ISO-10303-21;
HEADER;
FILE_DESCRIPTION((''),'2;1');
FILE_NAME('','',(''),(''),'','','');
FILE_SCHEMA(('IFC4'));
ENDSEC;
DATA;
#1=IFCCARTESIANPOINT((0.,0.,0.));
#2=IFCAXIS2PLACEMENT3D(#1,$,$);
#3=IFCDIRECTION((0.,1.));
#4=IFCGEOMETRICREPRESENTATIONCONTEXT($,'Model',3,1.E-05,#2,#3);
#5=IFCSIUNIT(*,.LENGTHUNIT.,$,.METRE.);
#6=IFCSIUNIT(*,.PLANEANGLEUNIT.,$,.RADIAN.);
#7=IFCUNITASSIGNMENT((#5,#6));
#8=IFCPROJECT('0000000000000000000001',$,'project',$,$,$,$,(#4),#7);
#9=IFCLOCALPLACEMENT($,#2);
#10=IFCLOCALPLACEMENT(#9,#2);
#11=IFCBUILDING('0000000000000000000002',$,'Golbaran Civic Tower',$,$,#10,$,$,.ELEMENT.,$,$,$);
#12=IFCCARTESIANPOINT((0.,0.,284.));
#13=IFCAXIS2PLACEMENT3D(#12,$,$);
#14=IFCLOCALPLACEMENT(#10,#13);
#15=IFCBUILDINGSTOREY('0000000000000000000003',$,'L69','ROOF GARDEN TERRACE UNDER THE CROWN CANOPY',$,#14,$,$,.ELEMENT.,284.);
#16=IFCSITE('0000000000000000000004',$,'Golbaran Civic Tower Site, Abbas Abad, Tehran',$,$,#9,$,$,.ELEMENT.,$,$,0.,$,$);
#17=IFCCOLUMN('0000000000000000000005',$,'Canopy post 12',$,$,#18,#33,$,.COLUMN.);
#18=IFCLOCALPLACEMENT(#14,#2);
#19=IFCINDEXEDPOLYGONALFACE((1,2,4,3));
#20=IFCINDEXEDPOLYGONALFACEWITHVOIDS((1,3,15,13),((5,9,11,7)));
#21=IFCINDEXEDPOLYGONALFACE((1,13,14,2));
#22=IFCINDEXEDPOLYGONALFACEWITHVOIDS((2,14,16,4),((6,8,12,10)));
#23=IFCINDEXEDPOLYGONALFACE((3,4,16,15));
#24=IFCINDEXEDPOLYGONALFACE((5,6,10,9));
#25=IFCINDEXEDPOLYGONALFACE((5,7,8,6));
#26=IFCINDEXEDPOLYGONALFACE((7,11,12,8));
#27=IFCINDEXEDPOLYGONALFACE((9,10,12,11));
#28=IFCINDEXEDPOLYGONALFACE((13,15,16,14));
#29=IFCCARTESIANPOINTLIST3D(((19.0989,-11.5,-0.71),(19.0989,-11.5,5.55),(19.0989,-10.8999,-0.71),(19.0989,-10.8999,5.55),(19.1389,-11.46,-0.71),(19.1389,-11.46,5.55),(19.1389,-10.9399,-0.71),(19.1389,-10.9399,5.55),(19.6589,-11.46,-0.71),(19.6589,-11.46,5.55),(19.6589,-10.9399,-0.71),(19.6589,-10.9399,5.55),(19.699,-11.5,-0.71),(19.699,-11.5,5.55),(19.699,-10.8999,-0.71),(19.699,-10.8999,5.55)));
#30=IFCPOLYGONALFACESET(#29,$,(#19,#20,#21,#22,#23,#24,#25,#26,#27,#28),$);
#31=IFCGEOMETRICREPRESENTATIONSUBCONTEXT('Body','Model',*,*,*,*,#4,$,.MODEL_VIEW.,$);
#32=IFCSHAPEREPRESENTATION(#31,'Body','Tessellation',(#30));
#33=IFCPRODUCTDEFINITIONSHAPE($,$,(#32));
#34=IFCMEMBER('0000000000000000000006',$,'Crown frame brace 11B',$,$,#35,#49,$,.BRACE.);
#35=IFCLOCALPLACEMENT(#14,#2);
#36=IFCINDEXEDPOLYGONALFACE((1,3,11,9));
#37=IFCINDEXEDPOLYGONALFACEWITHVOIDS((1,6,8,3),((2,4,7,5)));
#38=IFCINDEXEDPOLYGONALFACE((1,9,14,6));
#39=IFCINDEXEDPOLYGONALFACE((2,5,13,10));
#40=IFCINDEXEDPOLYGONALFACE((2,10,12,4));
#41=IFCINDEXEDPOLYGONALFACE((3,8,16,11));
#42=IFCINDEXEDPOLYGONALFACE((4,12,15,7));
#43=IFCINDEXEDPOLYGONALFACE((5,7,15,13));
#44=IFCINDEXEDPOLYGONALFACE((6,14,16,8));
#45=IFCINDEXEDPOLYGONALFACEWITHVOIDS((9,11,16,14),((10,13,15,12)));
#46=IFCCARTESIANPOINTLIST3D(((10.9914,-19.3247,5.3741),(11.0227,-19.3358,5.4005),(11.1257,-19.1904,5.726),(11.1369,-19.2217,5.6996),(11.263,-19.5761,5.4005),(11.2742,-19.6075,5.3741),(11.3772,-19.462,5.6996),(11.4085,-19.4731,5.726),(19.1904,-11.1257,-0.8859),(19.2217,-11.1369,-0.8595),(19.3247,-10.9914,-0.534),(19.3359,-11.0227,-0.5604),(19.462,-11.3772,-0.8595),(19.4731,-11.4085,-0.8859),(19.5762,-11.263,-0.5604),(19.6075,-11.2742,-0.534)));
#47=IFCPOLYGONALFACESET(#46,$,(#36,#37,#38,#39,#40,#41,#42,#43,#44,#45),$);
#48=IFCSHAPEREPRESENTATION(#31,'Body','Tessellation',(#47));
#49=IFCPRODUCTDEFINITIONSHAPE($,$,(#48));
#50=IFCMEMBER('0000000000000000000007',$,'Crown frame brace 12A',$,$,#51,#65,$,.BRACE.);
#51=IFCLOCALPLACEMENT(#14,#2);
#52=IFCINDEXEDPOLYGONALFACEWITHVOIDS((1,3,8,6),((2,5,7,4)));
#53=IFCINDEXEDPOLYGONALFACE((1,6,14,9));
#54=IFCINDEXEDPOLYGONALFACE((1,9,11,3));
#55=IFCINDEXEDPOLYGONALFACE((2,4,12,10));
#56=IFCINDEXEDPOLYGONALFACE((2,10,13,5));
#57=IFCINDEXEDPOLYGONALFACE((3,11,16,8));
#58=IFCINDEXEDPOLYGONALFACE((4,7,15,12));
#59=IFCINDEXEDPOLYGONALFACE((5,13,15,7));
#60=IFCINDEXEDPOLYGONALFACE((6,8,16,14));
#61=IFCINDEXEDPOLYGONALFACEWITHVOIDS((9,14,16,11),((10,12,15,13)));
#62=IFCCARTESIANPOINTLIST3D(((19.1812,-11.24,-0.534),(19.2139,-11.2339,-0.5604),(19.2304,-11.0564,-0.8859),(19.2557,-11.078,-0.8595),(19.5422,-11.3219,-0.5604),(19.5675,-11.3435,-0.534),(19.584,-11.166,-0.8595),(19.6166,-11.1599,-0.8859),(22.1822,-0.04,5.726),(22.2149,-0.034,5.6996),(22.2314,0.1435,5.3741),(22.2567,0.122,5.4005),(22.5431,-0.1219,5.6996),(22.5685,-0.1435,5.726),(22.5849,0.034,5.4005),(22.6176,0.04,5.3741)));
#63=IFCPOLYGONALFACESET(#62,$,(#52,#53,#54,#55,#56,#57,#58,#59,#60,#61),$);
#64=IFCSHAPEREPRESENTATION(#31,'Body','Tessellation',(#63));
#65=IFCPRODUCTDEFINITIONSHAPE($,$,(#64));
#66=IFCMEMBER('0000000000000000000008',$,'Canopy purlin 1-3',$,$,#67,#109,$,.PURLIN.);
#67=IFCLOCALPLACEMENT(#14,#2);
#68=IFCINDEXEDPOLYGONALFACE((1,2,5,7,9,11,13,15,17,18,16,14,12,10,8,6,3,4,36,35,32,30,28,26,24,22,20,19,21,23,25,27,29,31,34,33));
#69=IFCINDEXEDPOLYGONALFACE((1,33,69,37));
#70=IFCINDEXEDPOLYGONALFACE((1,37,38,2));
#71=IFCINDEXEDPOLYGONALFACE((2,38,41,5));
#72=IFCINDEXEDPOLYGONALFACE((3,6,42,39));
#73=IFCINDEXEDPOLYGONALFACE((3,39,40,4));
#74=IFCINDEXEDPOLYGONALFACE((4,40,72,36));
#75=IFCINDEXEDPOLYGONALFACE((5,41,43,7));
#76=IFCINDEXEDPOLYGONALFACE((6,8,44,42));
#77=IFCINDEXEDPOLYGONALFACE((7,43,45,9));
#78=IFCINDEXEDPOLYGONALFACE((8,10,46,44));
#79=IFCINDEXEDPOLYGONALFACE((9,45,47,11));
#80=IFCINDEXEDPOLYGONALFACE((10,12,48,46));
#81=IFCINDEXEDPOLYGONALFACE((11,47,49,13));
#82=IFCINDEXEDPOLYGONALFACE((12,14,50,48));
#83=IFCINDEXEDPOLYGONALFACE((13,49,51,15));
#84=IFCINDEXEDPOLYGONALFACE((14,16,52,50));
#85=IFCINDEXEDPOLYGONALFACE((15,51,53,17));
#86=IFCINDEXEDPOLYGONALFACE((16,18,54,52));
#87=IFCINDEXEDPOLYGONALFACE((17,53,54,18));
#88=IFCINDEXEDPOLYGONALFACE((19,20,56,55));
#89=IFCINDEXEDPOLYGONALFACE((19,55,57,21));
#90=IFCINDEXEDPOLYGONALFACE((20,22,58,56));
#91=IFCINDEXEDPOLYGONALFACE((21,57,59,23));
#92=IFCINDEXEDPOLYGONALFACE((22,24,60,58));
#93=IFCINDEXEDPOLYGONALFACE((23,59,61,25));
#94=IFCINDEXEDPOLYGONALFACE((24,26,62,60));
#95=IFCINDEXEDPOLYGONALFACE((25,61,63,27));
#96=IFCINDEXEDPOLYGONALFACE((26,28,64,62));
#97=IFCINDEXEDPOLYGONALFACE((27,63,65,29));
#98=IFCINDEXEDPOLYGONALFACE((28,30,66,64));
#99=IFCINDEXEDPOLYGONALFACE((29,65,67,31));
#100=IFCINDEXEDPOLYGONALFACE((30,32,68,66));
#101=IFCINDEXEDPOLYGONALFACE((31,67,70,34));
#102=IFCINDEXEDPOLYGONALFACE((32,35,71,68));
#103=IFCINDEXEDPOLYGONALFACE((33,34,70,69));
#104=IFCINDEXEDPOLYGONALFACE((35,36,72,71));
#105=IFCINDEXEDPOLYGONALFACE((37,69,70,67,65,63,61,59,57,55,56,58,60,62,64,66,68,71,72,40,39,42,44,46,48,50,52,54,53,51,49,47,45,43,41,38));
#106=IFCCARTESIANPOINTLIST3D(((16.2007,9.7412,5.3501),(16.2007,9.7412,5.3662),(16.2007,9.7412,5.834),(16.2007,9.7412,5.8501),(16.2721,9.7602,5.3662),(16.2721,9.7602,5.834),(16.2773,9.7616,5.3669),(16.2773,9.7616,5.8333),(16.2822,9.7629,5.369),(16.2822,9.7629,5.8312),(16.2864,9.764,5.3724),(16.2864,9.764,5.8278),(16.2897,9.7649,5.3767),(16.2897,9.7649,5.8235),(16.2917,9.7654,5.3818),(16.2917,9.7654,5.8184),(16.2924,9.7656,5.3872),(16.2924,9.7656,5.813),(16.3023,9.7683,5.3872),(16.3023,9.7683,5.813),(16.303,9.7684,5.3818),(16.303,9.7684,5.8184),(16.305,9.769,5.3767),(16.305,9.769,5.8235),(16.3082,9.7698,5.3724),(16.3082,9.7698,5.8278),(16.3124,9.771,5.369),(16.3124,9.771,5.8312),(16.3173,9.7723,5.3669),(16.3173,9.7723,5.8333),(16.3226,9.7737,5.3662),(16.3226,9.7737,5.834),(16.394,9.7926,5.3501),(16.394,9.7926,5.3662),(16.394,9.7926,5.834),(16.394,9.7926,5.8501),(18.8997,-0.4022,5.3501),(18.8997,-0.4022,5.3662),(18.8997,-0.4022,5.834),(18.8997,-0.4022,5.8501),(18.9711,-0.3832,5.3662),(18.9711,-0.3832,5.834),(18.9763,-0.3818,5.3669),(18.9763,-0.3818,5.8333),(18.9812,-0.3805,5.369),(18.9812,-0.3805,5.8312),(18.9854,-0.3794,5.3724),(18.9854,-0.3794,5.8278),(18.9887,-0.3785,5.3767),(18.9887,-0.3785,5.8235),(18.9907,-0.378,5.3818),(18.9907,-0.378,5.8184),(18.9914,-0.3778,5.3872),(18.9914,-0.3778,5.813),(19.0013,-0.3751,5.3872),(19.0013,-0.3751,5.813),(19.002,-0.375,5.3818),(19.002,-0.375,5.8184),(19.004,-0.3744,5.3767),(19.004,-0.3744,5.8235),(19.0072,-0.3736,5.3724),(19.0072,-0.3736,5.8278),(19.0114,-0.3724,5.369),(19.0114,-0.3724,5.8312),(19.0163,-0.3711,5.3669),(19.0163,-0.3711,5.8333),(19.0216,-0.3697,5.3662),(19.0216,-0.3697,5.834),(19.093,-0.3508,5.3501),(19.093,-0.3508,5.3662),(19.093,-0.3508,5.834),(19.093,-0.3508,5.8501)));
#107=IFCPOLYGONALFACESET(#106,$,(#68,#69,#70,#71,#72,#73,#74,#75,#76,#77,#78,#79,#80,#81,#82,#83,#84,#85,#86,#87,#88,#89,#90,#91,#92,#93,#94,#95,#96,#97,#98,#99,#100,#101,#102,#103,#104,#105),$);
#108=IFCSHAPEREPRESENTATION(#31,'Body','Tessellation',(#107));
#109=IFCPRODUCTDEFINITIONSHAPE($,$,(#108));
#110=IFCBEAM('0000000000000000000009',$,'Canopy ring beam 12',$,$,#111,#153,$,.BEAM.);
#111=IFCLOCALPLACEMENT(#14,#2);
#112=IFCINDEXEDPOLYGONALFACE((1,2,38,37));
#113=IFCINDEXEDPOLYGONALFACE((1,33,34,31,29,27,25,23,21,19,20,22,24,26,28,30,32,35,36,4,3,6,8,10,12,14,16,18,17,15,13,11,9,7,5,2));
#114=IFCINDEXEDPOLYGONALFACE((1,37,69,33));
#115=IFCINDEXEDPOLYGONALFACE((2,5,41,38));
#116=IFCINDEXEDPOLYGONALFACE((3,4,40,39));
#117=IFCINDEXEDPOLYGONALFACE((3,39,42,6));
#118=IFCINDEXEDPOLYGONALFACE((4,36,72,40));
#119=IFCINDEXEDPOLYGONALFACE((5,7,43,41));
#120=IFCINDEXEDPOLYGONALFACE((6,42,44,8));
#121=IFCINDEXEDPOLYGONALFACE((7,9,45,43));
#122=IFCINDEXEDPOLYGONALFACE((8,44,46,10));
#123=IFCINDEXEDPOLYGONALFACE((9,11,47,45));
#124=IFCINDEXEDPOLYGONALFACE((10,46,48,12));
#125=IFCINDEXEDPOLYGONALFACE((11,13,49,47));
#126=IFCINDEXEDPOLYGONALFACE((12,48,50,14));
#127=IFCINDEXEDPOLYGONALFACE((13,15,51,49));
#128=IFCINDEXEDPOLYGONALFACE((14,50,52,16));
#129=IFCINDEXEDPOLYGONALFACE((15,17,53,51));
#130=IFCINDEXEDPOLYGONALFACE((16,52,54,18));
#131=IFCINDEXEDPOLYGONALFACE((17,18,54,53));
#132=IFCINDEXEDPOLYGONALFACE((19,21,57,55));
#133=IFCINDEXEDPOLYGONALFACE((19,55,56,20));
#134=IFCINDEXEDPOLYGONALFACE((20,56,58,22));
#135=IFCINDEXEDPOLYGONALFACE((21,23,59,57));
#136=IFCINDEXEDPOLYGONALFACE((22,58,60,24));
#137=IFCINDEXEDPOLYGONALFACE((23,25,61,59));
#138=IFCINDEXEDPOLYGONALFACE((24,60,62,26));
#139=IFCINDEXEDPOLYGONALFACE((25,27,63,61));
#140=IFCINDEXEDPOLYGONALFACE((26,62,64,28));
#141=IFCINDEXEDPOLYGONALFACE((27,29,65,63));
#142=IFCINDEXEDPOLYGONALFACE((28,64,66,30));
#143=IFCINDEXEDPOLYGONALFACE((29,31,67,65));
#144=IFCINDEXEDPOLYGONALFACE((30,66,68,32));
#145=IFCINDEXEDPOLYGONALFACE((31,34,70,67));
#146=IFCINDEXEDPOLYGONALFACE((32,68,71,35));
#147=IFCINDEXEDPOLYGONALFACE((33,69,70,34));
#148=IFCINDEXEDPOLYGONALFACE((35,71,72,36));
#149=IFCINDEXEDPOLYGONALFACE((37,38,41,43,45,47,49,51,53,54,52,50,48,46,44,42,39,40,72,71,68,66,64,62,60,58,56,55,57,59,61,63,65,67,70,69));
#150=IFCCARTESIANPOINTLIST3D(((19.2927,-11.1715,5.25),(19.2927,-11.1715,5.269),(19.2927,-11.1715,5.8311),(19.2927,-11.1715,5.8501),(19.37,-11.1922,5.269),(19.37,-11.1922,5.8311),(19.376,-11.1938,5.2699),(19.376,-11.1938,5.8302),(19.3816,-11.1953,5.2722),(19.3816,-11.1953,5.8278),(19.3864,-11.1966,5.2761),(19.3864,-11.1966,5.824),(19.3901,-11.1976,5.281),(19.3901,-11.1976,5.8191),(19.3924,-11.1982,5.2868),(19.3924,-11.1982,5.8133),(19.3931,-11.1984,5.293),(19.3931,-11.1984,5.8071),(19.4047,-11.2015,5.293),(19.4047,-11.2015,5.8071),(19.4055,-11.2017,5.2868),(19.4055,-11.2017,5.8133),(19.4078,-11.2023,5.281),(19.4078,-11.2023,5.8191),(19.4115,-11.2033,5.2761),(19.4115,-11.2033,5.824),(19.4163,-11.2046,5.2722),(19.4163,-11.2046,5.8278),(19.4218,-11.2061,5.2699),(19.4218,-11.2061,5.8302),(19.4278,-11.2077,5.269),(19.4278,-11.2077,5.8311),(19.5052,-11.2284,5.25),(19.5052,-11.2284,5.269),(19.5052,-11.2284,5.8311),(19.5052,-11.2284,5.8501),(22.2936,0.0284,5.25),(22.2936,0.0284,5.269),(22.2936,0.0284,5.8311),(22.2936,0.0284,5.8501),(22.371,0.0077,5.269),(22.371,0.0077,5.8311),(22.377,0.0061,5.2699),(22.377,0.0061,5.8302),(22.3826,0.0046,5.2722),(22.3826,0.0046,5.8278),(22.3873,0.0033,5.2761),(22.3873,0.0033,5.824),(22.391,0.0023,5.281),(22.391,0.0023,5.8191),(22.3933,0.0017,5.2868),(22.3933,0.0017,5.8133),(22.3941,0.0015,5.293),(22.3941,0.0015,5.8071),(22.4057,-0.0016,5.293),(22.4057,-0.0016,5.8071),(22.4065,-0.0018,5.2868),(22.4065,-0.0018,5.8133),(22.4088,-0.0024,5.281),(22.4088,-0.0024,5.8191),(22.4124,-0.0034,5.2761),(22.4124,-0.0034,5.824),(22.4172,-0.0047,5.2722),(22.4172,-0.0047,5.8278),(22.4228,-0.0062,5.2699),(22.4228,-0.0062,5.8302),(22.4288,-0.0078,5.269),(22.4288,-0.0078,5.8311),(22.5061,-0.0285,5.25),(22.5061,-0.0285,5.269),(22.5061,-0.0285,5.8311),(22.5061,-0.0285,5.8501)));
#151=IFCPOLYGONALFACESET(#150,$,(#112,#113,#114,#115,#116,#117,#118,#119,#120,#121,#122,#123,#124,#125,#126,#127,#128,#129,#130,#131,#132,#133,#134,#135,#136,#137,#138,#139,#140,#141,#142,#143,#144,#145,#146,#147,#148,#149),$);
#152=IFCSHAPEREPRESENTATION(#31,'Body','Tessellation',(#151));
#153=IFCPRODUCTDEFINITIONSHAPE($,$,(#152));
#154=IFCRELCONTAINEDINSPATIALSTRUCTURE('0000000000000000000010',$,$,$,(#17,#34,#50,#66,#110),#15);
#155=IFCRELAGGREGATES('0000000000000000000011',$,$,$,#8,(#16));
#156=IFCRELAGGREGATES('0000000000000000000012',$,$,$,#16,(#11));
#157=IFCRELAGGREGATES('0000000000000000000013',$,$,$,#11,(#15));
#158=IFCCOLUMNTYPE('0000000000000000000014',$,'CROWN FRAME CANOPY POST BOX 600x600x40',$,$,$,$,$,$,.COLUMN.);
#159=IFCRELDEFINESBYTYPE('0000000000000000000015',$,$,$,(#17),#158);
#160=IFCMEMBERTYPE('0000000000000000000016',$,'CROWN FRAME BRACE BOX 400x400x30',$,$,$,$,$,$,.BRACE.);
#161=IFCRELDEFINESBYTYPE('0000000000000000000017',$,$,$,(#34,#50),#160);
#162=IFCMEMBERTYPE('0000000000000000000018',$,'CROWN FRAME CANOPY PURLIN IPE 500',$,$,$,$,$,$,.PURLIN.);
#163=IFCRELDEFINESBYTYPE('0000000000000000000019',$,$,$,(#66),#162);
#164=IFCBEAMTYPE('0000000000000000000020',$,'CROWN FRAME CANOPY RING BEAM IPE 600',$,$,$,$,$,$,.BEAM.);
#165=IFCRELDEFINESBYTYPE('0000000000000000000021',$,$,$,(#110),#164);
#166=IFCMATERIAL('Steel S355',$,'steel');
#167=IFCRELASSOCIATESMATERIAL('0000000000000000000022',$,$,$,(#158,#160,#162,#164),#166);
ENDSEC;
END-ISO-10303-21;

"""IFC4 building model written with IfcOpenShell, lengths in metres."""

from ifc_helpers import new_model, si_unit, direction, frame, origin, origin_2d, place, context, subcontext, project, spatial, hollow_rectangle, i_section, extrude, material, material_profile, profile_set, type_object, element, save


model = new_model("IFC4")

# Units and contexts
model_context = context("Model", 3, precision=1e-05, world=origin(), true_north=direction((0.0, 1.0)))
body_context = subcontext(model_context, "Body", "Model", "MODEL_VIEW")
ifc_project = project(units=[si_unit("LENGTHUNIT", "METRE"), si_unit("PLANEANGLEUNIT", "RADIAN")], contexts=[model_context])

# Site, building, storey
site_placement = place(None, origin())
site = spatial("IfcSite", under=ifc_project, at=site_placement, Name="Golbaran Civic Tower Site, Abbas Abad, Tehran", CompositionType="ELEMENT", RefElevation=0.0)
building_placement = place(site_placement, origin())
building = spatial("IfcBuilding", under=site, at=building_placement, Name="Golbaran Civic Tower", CompositionType="ELEMENT")
storey_placement = place(building_placement, frame((0.0, 0.0, 284.0)))
storey = spatial("IfcBuildingStorey", under=building, at=storey_placement, Name="L69", Description="ROOF GARDEN TERRACE UNDER THE CROWN CANOPY", CompositionType="ELEMENT", Elevation=284.0)

# Column
ifc_material_1 = material(Name="Steel S355", Category="steel")
ifc_material_profile_1 = material_profile(ifc_material_1, hollow_rectangle(XDim=0.6001, YDim=0.6001, WallThickness=0.04, at=origin_2d()), Name="BOX 600x600x40")
ifc_profile_set_1 = profile_set([ifc_material_profile_1], Name="Steel S355")
column_type = type_object("IfcColumnType", Name="CROWN FRAME CANOPY POST BOX 600x600x40", PredefinedType="COLUMN", material=ifc_profile_set_1)
column_placement = place(storey_placement, frame((19.3989, -11.2, -0.71), z_axis=(0.0, 0.0, 1.0), x_axis=(1.0, 0.0, 0.0)))
element("IfcColumn", 1, at=column_placement, inside=storey, type_object=column_type, Name="Canopy post 12", PredefinedType="COLUMN", context=body_context, shape_type="SweptSolid", body=[
    extrude(hollow_rectangle(XDim=0.6001, YDim=0.6001, WallThickness=0.04, at=origin_2d()), origin(), (0.0, 0.0, 1.0), 6.26),
])

# Members
ifc_material_profile_2 = material_profile(ifc_material_1, hollow_rectangle(XDim=0.3999, YDim=0.3999, WallThickness=0.03, at=origin_2d()), Name="BOX 400x400x30")
ifc_profile_set_2 = profile_set([ifc_material_profile_2], Name="Steel S355")
member_type_1 = type_object("IfcMemberType", Name="CROWN FRAME BRACE BOX 400x400x30", PredefinedType="BRACE", material=ifc_profile_set_2)
for number, where, z_axis, x_axis, name in (
    (2, (19.3989, -11.2, -0.71), (-0.622217, -0.622217, 0.47507), (0.707107, -0.707107, 0.0), "Crown frame brace 11B"),
    (3, (19.3989, -11.2, -0.71), (0.227744, 0.849964, 0.475072), (-0.965927, 0.258816, 0.0), "Crown frame brace 12A"),
):
    element("IfcMember", number, at=place(storey_placement, frame(where, z_axis=z_axis, x_axis=x_axis)), inside=storey, type_object=member_type_1, Name=name, PredefinedType="BRACE", context=body_context, shape_type="SweptSolid", body=[
        extrude(hollow_rectangle(XDim=0.3999, YDim=0.3999, WallThickness=0.03, at=origin_2d()), origin(), (0.0, 0.0, 1.0), 13.177),
    ])
ifc_material_profile_3 = material_profile(ifc_material_1, i_section(OverallWidth=0.2, OverallDepth=0.5, WebThickness=0.0103, FlangeThickness=0.0161, FilletRadius=0.021, at=origin_2d()), Name="IPE 500")
ifc_profile_set_3 = profile_set([ifc_material_profile_3], Name="Steel S355")
member_type_2 = type_object("IfcMemberType", Name="CROWN FRAME CANOPY PURLIN IPE 500", PredefinedType="PURLIN", material=ifc_profile_set_3)
member_1_placement = place(storey_placement, frame((18.9963, -0.3765, 5.6001), z_axis=(-0.257137, 0.966375, 0.0), x_axis=(-0.966375, -0.257137, 0.0)))
element("IfcMember", 4, at=member_1_placement, inside=storey, type_object=member_type_2, Name="Canopy purlin 1-3", PredefinedType="PURLIN", context=body_context, shape_type="SweptSolid", body=[
    extrude(i_section(OverallWidth=0.2, OverallDepth=0.5, WebThickness=0.0103, FlangeThickness=0.0161, FilletRadius=0.021, at=origin_2d()), origin(), (0.0, 0.0, 1.0), 10.4963),
])

# Beam
ifc_material_profile_4 = material_profile(ifc_material_1, i_section(OverallWidth=0.22, OverallDepth=0.6001, WebThickness=0.012, FlangeThickness=0.019, FilletRadius=0.0239, at=origin_2d()), Name="IPE 600")
ifc_profile_set_4 = profile_set([ifc_material_profile_4], Name="Steel S355")
beam_type_1 = type_object("IfcBeamType", Name="CROWN FRAME CANOPY RING BEAM IPE 600", PredefinedType="BEAM", material=ifc_profile_set_4)
beam_1_placement = place(storey_placement, frame((19.3989, -11.2, 5.55), z_axis=(0.258816, 0.965927, 0.0), x_axis=(-0.965927, 0.258816, 0.0)))
element("IfcBeam", 5, at=beam_1_placement, inside=storey, type_object=beam_type_1, Name="Canopy ring beam 12", PredefinedType="BEAM", context=body_context, shape_type="SweptSolid", body=[
    extrude(i_section(OverallWidth=0.22, OverallDepth=0.6001, WebThickness=0.012, FlangeThickness=0.019, FilletRadius=0.0239, at=origin_2d()), origin(), (0.0, 0.0, 1.0), 11.595),
])

save(model, "model.ifc")
